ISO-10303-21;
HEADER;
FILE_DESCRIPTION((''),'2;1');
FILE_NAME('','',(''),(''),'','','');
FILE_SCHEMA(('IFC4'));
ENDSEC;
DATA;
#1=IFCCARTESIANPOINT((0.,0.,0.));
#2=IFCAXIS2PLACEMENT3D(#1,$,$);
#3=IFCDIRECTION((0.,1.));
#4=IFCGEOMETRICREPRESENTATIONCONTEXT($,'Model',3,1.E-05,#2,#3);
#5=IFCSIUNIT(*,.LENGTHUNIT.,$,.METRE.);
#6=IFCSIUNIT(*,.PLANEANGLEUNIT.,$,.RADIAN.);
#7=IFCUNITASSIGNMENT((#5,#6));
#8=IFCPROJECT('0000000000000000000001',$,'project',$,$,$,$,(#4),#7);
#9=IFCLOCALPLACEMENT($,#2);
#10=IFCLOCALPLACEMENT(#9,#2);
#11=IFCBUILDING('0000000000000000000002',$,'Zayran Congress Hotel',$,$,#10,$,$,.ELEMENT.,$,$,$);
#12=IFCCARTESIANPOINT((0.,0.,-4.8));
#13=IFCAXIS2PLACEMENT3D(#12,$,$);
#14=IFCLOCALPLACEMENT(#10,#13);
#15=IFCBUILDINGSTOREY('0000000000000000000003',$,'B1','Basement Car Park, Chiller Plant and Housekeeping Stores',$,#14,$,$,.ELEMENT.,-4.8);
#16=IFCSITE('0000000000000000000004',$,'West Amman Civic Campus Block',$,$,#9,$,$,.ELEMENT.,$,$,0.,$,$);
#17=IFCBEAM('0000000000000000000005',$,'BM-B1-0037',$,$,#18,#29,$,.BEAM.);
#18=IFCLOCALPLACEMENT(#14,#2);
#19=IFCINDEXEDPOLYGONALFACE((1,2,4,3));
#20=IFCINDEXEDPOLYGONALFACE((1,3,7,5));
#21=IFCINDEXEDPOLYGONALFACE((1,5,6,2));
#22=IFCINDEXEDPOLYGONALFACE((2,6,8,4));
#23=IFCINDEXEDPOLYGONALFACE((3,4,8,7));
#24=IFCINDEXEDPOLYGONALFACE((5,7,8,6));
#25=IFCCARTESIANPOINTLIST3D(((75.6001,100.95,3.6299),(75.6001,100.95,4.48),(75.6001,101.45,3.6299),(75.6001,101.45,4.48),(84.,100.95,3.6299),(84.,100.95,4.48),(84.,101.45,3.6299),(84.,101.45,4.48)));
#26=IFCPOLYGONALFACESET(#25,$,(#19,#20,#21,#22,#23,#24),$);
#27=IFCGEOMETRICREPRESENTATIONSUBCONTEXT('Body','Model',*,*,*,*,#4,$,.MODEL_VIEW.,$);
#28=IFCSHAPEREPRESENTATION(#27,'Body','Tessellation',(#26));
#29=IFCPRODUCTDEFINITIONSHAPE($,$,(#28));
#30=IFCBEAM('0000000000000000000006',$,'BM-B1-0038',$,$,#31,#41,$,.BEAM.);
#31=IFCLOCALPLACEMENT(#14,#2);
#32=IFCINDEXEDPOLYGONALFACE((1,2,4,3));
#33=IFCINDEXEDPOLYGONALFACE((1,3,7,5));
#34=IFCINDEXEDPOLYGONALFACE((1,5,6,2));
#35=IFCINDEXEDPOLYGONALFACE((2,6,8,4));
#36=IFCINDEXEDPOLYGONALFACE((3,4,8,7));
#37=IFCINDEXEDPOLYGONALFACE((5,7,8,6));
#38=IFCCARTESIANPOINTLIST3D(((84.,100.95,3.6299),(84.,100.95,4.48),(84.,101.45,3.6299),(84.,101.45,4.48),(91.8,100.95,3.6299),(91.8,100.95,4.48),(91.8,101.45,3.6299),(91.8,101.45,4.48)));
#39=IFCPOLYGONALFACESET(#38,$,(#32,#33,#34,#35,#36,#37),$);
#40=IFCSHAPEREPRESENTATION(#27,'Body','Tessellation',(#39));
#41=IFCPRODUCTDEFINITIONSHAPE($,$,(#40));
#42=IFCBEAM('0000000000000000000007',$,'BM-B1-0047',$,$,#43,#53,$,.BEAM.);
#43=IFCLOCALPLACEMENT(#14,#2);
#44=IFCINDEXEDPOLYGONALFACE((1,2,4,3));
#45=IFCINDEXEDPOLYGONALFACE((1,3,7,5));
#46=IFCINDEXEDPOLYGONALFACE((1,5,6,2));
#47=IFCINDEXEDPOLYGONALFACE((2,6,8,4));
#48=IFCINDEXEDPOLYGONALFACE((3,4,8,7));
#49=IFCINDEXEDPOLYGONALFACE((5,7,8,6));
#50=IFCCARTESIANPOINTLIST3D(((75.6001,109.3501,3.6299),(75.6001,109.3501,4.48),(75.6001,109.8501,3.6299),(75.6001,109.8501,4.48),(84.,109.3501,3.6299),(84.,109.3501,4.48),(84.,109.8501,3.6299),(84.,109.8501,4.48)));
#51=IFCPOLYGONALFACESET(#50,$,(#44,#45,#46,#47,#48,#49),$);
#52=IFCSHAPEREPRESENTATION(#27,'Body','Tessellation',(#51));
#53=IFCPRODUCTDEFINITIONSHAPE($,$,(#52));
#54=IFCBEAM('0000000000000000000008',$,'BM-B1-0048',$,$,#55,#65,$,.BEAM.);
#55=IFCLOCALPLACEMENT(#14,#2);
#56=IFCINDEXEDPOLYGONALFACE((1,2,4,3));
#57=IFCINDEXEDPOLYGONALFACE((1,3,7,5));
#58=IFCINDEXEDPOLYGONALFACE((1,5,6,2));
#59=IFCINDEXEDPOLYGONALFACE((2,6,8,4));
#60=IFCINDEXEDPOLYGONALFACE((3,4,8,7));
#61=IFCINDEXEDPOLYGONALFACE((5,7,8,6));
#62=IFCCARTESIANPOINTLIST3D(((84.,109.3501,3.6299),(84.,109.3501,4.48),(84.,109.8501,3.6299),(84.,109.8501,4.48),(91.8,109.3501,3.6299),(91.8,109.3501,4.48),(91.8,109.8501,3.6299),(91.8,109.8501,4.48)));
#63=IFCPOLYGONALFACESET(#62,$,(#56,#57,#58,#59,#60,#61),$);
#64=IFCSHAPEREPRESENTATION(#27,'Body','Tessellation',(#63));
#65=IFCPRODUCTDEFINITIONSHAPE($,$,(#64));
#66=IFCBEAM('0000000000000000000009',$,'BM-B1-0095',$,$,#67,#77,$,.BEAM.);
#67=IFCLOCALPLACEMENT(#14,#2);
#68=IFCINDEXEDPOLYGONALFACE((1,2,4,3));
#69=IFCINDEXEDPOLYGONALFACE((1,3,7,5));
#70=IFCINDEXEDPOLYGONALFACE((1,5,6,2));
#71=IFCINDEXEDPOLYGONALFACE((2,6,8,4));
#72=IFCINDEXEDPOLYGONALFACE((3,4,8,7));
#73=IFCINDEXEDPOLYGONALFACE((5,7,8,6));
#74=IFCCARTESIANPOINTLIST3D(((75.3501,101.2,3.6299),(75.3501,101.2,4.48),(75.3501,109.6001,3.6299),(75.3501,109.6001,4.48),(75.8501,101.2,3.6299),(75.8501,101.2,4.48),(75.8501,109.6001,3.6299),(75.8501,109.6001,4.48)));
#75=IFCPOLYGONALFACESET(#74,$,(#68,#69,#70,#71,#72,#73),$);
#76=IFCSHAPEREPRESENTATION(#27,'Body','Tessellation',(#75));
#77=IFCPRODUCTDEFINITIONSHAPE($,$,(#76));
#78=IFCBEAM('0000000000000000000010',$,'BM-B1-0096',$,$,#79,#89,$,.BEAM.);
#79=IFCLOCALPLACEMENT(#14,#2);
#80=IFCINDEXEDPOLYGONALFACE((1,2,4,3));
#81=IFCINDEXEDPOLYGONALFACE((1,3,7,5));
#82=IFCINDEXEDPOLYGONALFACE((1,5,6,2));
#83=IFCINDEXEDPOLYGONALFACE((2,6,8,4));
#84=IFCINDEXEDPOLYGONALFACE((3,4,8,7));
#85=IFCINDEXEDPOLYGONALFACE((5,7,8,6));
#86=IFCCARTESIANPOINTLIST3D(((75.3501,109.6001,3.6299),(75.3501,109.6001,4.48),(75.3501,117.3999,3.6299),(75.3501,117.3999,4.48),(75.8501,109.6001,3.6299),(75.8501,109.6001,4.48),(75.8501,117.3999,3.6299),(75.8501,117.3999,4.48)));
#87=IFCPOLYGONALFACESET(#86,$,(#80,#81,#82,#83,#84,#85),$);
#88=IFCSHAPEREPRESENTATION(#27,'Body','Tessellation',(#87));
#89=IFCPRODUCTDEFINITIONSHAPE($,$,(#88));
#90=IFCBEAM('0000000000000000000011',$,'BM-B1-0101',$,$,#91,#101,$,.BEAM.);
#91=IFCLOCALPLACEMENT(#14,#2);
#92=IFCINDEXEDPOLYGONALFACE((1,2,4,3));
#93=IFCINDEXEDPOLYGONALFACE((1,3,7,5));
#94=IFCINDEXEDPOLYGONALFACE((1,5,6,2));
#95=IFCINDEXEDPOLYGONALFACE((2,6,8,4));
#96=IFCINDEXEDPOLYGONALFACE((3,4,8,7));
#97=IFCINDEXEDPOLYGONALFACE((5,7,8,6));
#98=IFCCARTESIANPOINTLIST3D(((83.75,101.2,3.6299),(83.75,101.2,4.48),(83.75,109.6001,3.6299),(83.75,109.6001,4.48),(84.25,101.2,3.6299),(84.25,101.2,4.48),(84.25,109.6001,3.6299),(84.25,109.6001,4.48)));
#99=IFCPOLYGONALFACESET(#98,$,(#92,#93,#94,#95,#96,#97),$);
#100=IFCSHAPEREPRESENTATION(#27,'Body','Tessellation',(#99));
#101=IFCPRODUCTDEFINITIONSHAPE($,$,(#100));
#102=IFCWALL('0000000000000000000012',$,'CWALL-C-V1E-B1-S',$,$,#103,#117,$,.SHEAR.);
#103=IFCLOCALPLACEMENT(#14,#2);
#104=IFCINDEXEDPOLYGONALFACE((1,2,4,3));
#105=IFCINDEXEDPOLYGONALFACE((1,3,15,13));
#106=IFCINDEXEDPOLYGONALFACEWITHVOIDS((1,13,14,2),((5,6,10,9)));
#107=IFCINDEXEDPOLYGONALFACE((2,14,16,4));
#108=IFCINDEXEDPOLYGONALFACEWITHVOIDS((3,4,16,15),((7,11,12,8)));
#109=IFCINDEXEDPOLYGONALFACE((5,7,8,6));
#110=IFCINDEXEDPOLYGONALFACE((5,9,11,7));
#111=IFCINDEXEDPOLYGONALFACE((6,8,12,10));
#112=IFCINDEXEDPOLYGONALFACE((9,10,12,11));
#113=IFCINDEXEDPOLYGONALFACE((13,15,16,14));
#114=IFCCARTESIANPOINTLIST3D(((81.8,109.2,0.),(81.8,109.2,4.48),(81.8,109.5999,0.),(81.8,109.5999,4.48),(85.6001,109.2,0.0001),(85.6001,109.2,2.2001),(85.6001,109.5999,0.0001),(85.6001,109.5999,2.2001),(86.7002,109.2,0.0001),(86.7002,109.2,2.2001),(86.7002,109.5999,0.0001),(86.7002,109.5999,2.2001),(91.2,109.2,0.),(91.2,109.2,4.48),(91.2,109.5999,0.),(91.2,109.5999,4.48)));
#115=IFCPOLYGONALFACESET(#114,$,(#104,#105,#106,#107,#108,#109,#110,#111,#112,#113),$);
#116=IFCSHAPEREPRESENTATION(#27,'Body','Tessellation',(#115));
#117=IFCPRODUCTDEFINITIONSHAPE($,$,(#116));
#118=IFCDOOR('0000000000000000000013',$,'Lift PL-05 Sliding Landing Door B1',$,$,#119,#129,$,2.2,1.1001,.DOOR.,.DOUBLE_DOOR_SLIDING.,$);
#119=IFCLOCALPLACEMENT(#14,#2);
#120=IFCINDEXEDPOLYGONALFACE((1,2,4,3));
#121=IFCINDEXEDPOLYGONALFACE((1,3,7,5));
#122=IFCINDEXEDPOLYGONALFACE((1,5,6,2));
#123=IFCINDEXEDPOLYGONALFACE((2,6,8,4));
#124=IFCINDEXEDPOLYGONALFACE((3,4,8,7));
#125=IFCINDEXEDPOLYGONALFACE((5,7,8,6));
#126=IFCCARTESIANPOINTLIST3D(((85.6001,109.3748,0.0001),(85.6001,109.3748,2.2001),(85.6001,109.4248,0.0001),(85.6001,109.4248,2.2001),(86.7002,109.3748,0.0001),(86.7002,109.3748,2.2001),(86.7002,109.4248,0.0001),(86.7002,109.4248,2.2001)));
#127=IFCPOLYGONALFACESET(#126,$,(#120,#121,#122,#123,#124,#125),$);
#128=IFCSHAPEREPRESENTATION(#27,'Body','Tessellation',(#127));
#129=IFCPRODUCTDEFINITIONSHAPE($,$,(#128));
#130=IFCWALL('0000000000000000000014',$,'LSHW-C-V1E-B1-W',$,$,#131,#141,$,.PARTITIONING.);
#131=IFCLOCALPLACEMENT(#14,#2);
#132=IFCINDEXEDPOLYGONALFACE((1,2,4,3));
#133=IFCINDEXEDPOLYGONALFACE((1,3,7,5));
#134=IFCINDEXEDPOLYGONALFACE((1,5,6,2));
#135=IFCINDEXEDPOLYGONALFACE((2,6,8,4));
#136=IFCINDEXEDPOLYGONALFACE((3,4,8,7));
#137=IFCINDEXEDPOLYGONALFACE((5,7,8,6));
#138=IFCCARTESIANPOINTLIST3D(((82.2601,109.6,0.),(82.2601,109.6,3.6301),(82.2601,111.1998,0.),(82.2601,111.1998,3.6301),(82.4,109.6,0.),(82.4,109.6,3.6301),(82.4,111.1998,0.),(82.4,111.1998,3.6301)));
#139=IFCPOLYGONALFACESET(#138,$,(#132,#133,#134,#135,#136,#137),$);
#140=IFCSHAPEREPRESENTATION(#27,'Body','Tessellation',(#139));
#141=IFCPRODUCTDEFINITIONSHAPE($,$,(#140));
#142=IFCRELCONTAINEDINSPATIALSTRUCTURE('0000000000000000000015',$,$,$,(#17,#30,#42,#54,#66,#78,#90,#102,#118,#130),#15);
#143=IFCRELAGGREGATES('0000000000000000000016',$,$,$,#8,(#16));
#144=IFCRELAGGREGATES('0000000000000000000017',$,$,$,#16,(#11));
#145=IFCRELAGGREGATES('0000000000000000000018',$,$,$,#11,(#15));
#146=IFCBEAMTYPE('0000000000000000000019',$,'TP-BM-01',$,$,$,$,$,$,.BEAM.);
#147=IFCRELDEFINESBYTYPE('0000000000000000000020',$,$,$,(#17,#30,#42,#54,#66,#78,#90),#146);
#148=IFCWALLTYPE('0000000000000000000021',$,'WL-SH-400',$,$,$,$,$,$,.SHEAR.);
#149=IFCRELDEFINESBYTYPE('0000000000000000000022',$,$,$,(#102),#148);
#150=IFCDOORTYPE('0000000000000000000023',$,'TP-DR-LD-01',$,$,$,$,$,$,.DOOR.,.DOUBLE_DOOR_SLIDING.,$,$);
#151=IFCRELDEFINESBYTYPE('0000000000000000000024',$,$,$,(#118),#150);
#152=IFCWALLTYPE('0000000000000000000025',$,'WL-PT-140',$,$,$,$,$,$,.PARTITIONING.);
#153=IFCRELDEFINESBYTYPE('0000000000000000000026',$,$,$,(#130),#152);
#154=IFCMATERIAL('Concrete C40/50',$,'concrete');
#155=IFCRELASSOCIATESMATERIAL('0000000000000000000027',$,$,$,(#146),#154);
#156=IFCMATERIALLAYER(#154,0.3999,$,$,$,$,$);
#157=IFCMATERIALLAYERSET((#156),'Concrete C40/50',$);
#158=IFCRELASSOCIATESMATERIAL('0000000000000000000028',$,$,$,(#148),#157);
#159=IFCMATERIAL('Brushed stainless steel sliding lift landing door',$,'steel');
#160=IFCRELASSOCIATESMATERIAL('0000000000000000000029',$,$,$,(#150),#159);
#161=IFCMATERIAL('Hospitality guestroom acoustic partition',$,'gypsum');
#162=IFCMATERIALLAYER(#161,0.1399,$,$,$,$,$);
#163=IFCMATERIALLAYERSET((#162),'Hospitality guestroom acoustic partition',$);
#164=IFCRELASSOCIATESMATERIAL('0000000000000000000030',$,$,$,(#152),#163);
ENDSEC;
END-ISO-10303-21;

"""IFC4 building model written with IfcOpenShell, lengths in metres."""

from ifc_helpers import new_model, si_unit, direction, frame, frame_2d, origin, origin_2d, place, context, subcontext, project, spatial, rectangle, extrude, material, layer, layer_set, material_profile, profile_set, type_object, element, fill, save


model = new_model("IFC4")

# Units and contexts
model_context = context("Model", 3, precision=1e-05, world=origin(), true_north=direction((0.0, 1.0)))
body_context = subcontext(model_context, "Body", "Model", "MODEL_VIEW")
ifc_project = project(units=[si_unit("LENGTHUNIT", "METRE"), si_unit("PLANEANGLEUNIT", "RADIAN")], contexts=[model_context])

# Site, building, storey
site_placement = place(None, origin())
site = spatial("IfcSite", under=ifc_project, at=site_placement, Name="West Amman Civic Campus Block", CompositionType="ELEMENT", RefElevation=0.0)
building_placement = place(site_placement, origin())
building = spatial("IfcBuilding", under=site, at=building_placement, Name="Zayran Congress Hotel", CompositionType="ELEMENT")
storey_placement = place(building_placement, frame((0.0, 0.0, -4.8)))
storey = spatial("IfcBuildingStorey", under=building, at=storey_placement, Name="B1", Description="Basement Car Park, Chiller Plant and Housekeeping Stores", CompositionType="ELEMENT", Elevation=-4.8)

# Shared definitions
ifc_material_1 = material(Name="Concrete C40/50", Category="concrete")

# Beams
ifc_material_profile_1 = material_profile(ifc_material_1, rectangle(XDim=0.5, YDim=0.8501, at=origin_2d()), Name="RC 500x850")
ifc_profile_set_1 = profile_set([ifc_material_profile_1], Name="Concrete C40/50")
beam_type = type_object("IfcBeamType", Name="TP-BM-01", PredefinedType="BEAM", material=ifc_profile_set_1)
beam_1_placement = place(storey_placement, frame((75.6001, 101.2, 4.0549), z_axis=(1.0, 0.0, 0.0), x_axis=(0.0, 1.0, 0.0)))
element("IfcBeam", 1, at=beam_1_placement, inside=storey, type_object=beam_type, Name="BM-B1-0037", PredefinedType="BEAM", context=body_context, shape_type="SweptSolid", body=[
    extrude(rectangle(XDim=0.5, YDim=0.8501, at=origin_2d()), origin(), (0.0, 0.0, 1.0), 8.3999),
])
beam_2_placement = place(storey_placement, frame((84.0, 101.2, 4.0549), z_axis=(1.0, 0.0, 0.0), x_axis=(0.0, 1.0, 0.0)))
element("IfcBeam", 2, at=beam_2_placement, inside=storey, type_object=beam_type, Name="BM-B1-0038", PredefinedType="BEAM", context=body_context, shape_type="SweptSolid", body=[
    extrude(rectangle(XDim=0.5, YDim=0.8501, at=origin_2d()), origin(), (0.0, 0.0, 1.0), 7.8),
])
beam_3_placement = place(storey_placement, frame((75.6001, 109.6001, 4.0549), z_axis=(1.0, 0.0, 0.0), x_axis=(0.0, 1.0, 0.0)))
element("IfcBeam", 3, at=beam_3_placement, inside=storey, type_object=beam_type, Name="BM-B1-0047", PredefinedType="BEAM", context=body_context, shape_type="SweptSolid", body=[
    extrude(rectangle(XDim=0.5, YDim=0.8501, at=origin_2d()), origin(), (0.0, 0.0, 1.0), 8.3999),
])
beam_4_placement = place(storey_placement, frame((84.0, 109.6001, 4.0549), z_axis=(1.0, 0.0, 0.0), x_axis=(0.0, 1.0, 0.0)))
element("IfcBeam", 4, at=beam_4_placement, inside=storey, type_object=beam_type, Name="BM-B1-0048", PredefinedType="BEAM", context=body_context, shape_type="SweptSolid", body=[
    extrude(rectangle(XDim=0.5, YDim=0.8501, at=origin_2d()), origin(), (0.0, 0.0, 1.0), 7.8),
])
beam_5_placement = place(storey_placement, frame((75.6001, 101.2, 4.0549), z_axis=(0.0, 1.0, 0.0), x_axis=(-1.0, 0.0, 0.0)))
element("IfcBeam", 5, at=beam_5_placement, inside=storey, type_object=beam_type, Name="BM-B1-0095", PredefinedType="BEAM", context=body_context, shape_type="SweptSolid", body=[
    extrude(rectangle(XDim=0.5, YDim=0.8501, at=origin_2d()), origin(), (0.0, 0.0, 1.0), 8.4001),
])
beam_6_placement = place(storey_placement, frame((75.6001, 109.6001, 4.0549), z_axis=(0.0, 1.0, 0.0), x_axis=(-1.0, 0.0, 0.0)))
element("IfcBeam", 6, at=beam_6_placement, inside=storey, type_object=beam_type, Name="BM-B1-0096", PredefinedType="BEAM", context=body_context, shape_type="SweptSolid", body=[
    extrude(rectangle(XDim=0.5, YDim=0.8501, at=origin_2d()), origin(), (0.0, 0.0, 1.0), 7.7998),
])
beam_7_placement = place(storey_placement, frame((84.0, 101.2, 4.0549), z_axis=(0.0, 1.0, 0.0), x_axis=(-1.0, 0.0, 0.0)))
element("IfcBeam", 7, at=beam_7_placement, inside=storey, type_object=beam_type, Name="BM-B1-0101", PredefinedType="BEAM", context=body_context, shape_type="SweptSolid", body=[
    extrude(rectangle(XDim=0.5, YDim=0.8501, at=origin_2d()), origin(), (0.0, 0.0, 1.0), 8.4001),
])

# Wall, opening, door
ifc_layer_1 = layer(ifc_material_1, 0.3999)
ifc_layer_set_1 = layer_set([ifc_layer_1], Name="Concrete C40/50")
wall_type_1 = type_object("IfcWallType", Name="WL-SH-400", PredefinedType="SHEAR", material=ifc_layer_set_1)
wall_1_placement = place(storey_placement, frame((81.8, 109.3999, 0.0), z_axis=(0.0, 0.0, 1.0), x_axis=(1.0, 0.0, 0.0)))
wall_1 = element("IfcWall", 8, at=wall_1_placement, inside=storey, type_object=wall_type_1, Name="CWALL-C-V1E-B1-S", PredefinedType="SHEAR", context=body_context, shape_type="SweptSolid", body=[
    extrude(rectangle(XDim=9.3999, YDim=0.3999, at=frame_2d((4.7, 0.0))), origin(), (0.0, 0.0, 1.0), 4.48),
])
opening_placement = place(wall_1_placement, frame((3.8, 0.0, 0.0)))
opening = element("IfcOpeningElement", 9, at=opening_placement, cuts=wall_1, PredefinedType="OPENING", context=body_context, shape_type="SweptSolid", body=[
    extrude(rectangle(XDim=1.1001, YDim=2.2, at=frame_2d((0.55, 1.1001))), frame((0.0, 0.21, 0.0), z_axis=(0.0, -1.0, 0.0), x_axis=(1.0, 0.0, 0.0)), (0.0, 0.0, 1.0), 0.4199),
])
ifc_material_2 = material(Name="Brushed stainless steel sliding lift landing door", Category="steel")
door_type = type_object("IfcDoorType", Name="TP-DR-LD-01", OperationType="DOUBLE_DOOR_SLIDING", PredefinedType="DOOR", material=ifc_material_2)
door_placement = place(opening_placement, origin())
door = element("IfcDoor", 10, at=door_placement, inside=storey, type_object=door_type, Name="Lift PL-05 Sliding Landing Door B1", OperationType="DOUBLE_DOOR_SLIDING", OverallHeight=2.2, OverallWidth=1.1001, PredefinedType="DOOR", context=body_context, shape_type="SweptSolid", body=[
    extrude(rectangle(XDim=1.1001, YDim=2.2, at=frame_2d((0.55, 1.1001))), frame((0.0, 0.0249, 0.0), z_axis=(0.0, -1.0, 0.0), x_axis=(1.0, 0.0, 0.0)), (0.0, 0.0, 1.0), 0.05),
])
fill(opening, door)

# Wall
ifc_material_3 = material(Name="Hospitality guestroom acoustic partition", Category="gypsum")
ifc_layer_2 = layer(ifc_material_3, 0.1399)
ifc_layer_set_2 = layer_set([ifc_layer_2], Name="Hospitality guestroom acoustic partition")
wall_type_2 = type_object("IfcWallType", Name="WL-PT-140", PredefinedType="PARTITIONING", material=ifc_layer_set_2)
wall_2_placement = place(storey_placement, frame((82.3301, 109.6001, 0.0), z_axis=(0.0, 0.0, 1.0), x_axis=(0.0, 1.0, 0.0)))
element("IfcWall", 11, at=wall_2_placement, inside=storey, type_object=wall_type_2, Name="LSHW-C-V1E-B1-W", PredefinedType="PARTITIONING", context=body_context, shape_type="SweptSolid", body=[
    extrude(rectangle(XDim=1.5999, YDim=0.1399, at=frame_2d((0.7998, 0.0))), origin(), (0.0, 0.0, 1.0), 3.6301),
])

save(model, "model.ifc")
